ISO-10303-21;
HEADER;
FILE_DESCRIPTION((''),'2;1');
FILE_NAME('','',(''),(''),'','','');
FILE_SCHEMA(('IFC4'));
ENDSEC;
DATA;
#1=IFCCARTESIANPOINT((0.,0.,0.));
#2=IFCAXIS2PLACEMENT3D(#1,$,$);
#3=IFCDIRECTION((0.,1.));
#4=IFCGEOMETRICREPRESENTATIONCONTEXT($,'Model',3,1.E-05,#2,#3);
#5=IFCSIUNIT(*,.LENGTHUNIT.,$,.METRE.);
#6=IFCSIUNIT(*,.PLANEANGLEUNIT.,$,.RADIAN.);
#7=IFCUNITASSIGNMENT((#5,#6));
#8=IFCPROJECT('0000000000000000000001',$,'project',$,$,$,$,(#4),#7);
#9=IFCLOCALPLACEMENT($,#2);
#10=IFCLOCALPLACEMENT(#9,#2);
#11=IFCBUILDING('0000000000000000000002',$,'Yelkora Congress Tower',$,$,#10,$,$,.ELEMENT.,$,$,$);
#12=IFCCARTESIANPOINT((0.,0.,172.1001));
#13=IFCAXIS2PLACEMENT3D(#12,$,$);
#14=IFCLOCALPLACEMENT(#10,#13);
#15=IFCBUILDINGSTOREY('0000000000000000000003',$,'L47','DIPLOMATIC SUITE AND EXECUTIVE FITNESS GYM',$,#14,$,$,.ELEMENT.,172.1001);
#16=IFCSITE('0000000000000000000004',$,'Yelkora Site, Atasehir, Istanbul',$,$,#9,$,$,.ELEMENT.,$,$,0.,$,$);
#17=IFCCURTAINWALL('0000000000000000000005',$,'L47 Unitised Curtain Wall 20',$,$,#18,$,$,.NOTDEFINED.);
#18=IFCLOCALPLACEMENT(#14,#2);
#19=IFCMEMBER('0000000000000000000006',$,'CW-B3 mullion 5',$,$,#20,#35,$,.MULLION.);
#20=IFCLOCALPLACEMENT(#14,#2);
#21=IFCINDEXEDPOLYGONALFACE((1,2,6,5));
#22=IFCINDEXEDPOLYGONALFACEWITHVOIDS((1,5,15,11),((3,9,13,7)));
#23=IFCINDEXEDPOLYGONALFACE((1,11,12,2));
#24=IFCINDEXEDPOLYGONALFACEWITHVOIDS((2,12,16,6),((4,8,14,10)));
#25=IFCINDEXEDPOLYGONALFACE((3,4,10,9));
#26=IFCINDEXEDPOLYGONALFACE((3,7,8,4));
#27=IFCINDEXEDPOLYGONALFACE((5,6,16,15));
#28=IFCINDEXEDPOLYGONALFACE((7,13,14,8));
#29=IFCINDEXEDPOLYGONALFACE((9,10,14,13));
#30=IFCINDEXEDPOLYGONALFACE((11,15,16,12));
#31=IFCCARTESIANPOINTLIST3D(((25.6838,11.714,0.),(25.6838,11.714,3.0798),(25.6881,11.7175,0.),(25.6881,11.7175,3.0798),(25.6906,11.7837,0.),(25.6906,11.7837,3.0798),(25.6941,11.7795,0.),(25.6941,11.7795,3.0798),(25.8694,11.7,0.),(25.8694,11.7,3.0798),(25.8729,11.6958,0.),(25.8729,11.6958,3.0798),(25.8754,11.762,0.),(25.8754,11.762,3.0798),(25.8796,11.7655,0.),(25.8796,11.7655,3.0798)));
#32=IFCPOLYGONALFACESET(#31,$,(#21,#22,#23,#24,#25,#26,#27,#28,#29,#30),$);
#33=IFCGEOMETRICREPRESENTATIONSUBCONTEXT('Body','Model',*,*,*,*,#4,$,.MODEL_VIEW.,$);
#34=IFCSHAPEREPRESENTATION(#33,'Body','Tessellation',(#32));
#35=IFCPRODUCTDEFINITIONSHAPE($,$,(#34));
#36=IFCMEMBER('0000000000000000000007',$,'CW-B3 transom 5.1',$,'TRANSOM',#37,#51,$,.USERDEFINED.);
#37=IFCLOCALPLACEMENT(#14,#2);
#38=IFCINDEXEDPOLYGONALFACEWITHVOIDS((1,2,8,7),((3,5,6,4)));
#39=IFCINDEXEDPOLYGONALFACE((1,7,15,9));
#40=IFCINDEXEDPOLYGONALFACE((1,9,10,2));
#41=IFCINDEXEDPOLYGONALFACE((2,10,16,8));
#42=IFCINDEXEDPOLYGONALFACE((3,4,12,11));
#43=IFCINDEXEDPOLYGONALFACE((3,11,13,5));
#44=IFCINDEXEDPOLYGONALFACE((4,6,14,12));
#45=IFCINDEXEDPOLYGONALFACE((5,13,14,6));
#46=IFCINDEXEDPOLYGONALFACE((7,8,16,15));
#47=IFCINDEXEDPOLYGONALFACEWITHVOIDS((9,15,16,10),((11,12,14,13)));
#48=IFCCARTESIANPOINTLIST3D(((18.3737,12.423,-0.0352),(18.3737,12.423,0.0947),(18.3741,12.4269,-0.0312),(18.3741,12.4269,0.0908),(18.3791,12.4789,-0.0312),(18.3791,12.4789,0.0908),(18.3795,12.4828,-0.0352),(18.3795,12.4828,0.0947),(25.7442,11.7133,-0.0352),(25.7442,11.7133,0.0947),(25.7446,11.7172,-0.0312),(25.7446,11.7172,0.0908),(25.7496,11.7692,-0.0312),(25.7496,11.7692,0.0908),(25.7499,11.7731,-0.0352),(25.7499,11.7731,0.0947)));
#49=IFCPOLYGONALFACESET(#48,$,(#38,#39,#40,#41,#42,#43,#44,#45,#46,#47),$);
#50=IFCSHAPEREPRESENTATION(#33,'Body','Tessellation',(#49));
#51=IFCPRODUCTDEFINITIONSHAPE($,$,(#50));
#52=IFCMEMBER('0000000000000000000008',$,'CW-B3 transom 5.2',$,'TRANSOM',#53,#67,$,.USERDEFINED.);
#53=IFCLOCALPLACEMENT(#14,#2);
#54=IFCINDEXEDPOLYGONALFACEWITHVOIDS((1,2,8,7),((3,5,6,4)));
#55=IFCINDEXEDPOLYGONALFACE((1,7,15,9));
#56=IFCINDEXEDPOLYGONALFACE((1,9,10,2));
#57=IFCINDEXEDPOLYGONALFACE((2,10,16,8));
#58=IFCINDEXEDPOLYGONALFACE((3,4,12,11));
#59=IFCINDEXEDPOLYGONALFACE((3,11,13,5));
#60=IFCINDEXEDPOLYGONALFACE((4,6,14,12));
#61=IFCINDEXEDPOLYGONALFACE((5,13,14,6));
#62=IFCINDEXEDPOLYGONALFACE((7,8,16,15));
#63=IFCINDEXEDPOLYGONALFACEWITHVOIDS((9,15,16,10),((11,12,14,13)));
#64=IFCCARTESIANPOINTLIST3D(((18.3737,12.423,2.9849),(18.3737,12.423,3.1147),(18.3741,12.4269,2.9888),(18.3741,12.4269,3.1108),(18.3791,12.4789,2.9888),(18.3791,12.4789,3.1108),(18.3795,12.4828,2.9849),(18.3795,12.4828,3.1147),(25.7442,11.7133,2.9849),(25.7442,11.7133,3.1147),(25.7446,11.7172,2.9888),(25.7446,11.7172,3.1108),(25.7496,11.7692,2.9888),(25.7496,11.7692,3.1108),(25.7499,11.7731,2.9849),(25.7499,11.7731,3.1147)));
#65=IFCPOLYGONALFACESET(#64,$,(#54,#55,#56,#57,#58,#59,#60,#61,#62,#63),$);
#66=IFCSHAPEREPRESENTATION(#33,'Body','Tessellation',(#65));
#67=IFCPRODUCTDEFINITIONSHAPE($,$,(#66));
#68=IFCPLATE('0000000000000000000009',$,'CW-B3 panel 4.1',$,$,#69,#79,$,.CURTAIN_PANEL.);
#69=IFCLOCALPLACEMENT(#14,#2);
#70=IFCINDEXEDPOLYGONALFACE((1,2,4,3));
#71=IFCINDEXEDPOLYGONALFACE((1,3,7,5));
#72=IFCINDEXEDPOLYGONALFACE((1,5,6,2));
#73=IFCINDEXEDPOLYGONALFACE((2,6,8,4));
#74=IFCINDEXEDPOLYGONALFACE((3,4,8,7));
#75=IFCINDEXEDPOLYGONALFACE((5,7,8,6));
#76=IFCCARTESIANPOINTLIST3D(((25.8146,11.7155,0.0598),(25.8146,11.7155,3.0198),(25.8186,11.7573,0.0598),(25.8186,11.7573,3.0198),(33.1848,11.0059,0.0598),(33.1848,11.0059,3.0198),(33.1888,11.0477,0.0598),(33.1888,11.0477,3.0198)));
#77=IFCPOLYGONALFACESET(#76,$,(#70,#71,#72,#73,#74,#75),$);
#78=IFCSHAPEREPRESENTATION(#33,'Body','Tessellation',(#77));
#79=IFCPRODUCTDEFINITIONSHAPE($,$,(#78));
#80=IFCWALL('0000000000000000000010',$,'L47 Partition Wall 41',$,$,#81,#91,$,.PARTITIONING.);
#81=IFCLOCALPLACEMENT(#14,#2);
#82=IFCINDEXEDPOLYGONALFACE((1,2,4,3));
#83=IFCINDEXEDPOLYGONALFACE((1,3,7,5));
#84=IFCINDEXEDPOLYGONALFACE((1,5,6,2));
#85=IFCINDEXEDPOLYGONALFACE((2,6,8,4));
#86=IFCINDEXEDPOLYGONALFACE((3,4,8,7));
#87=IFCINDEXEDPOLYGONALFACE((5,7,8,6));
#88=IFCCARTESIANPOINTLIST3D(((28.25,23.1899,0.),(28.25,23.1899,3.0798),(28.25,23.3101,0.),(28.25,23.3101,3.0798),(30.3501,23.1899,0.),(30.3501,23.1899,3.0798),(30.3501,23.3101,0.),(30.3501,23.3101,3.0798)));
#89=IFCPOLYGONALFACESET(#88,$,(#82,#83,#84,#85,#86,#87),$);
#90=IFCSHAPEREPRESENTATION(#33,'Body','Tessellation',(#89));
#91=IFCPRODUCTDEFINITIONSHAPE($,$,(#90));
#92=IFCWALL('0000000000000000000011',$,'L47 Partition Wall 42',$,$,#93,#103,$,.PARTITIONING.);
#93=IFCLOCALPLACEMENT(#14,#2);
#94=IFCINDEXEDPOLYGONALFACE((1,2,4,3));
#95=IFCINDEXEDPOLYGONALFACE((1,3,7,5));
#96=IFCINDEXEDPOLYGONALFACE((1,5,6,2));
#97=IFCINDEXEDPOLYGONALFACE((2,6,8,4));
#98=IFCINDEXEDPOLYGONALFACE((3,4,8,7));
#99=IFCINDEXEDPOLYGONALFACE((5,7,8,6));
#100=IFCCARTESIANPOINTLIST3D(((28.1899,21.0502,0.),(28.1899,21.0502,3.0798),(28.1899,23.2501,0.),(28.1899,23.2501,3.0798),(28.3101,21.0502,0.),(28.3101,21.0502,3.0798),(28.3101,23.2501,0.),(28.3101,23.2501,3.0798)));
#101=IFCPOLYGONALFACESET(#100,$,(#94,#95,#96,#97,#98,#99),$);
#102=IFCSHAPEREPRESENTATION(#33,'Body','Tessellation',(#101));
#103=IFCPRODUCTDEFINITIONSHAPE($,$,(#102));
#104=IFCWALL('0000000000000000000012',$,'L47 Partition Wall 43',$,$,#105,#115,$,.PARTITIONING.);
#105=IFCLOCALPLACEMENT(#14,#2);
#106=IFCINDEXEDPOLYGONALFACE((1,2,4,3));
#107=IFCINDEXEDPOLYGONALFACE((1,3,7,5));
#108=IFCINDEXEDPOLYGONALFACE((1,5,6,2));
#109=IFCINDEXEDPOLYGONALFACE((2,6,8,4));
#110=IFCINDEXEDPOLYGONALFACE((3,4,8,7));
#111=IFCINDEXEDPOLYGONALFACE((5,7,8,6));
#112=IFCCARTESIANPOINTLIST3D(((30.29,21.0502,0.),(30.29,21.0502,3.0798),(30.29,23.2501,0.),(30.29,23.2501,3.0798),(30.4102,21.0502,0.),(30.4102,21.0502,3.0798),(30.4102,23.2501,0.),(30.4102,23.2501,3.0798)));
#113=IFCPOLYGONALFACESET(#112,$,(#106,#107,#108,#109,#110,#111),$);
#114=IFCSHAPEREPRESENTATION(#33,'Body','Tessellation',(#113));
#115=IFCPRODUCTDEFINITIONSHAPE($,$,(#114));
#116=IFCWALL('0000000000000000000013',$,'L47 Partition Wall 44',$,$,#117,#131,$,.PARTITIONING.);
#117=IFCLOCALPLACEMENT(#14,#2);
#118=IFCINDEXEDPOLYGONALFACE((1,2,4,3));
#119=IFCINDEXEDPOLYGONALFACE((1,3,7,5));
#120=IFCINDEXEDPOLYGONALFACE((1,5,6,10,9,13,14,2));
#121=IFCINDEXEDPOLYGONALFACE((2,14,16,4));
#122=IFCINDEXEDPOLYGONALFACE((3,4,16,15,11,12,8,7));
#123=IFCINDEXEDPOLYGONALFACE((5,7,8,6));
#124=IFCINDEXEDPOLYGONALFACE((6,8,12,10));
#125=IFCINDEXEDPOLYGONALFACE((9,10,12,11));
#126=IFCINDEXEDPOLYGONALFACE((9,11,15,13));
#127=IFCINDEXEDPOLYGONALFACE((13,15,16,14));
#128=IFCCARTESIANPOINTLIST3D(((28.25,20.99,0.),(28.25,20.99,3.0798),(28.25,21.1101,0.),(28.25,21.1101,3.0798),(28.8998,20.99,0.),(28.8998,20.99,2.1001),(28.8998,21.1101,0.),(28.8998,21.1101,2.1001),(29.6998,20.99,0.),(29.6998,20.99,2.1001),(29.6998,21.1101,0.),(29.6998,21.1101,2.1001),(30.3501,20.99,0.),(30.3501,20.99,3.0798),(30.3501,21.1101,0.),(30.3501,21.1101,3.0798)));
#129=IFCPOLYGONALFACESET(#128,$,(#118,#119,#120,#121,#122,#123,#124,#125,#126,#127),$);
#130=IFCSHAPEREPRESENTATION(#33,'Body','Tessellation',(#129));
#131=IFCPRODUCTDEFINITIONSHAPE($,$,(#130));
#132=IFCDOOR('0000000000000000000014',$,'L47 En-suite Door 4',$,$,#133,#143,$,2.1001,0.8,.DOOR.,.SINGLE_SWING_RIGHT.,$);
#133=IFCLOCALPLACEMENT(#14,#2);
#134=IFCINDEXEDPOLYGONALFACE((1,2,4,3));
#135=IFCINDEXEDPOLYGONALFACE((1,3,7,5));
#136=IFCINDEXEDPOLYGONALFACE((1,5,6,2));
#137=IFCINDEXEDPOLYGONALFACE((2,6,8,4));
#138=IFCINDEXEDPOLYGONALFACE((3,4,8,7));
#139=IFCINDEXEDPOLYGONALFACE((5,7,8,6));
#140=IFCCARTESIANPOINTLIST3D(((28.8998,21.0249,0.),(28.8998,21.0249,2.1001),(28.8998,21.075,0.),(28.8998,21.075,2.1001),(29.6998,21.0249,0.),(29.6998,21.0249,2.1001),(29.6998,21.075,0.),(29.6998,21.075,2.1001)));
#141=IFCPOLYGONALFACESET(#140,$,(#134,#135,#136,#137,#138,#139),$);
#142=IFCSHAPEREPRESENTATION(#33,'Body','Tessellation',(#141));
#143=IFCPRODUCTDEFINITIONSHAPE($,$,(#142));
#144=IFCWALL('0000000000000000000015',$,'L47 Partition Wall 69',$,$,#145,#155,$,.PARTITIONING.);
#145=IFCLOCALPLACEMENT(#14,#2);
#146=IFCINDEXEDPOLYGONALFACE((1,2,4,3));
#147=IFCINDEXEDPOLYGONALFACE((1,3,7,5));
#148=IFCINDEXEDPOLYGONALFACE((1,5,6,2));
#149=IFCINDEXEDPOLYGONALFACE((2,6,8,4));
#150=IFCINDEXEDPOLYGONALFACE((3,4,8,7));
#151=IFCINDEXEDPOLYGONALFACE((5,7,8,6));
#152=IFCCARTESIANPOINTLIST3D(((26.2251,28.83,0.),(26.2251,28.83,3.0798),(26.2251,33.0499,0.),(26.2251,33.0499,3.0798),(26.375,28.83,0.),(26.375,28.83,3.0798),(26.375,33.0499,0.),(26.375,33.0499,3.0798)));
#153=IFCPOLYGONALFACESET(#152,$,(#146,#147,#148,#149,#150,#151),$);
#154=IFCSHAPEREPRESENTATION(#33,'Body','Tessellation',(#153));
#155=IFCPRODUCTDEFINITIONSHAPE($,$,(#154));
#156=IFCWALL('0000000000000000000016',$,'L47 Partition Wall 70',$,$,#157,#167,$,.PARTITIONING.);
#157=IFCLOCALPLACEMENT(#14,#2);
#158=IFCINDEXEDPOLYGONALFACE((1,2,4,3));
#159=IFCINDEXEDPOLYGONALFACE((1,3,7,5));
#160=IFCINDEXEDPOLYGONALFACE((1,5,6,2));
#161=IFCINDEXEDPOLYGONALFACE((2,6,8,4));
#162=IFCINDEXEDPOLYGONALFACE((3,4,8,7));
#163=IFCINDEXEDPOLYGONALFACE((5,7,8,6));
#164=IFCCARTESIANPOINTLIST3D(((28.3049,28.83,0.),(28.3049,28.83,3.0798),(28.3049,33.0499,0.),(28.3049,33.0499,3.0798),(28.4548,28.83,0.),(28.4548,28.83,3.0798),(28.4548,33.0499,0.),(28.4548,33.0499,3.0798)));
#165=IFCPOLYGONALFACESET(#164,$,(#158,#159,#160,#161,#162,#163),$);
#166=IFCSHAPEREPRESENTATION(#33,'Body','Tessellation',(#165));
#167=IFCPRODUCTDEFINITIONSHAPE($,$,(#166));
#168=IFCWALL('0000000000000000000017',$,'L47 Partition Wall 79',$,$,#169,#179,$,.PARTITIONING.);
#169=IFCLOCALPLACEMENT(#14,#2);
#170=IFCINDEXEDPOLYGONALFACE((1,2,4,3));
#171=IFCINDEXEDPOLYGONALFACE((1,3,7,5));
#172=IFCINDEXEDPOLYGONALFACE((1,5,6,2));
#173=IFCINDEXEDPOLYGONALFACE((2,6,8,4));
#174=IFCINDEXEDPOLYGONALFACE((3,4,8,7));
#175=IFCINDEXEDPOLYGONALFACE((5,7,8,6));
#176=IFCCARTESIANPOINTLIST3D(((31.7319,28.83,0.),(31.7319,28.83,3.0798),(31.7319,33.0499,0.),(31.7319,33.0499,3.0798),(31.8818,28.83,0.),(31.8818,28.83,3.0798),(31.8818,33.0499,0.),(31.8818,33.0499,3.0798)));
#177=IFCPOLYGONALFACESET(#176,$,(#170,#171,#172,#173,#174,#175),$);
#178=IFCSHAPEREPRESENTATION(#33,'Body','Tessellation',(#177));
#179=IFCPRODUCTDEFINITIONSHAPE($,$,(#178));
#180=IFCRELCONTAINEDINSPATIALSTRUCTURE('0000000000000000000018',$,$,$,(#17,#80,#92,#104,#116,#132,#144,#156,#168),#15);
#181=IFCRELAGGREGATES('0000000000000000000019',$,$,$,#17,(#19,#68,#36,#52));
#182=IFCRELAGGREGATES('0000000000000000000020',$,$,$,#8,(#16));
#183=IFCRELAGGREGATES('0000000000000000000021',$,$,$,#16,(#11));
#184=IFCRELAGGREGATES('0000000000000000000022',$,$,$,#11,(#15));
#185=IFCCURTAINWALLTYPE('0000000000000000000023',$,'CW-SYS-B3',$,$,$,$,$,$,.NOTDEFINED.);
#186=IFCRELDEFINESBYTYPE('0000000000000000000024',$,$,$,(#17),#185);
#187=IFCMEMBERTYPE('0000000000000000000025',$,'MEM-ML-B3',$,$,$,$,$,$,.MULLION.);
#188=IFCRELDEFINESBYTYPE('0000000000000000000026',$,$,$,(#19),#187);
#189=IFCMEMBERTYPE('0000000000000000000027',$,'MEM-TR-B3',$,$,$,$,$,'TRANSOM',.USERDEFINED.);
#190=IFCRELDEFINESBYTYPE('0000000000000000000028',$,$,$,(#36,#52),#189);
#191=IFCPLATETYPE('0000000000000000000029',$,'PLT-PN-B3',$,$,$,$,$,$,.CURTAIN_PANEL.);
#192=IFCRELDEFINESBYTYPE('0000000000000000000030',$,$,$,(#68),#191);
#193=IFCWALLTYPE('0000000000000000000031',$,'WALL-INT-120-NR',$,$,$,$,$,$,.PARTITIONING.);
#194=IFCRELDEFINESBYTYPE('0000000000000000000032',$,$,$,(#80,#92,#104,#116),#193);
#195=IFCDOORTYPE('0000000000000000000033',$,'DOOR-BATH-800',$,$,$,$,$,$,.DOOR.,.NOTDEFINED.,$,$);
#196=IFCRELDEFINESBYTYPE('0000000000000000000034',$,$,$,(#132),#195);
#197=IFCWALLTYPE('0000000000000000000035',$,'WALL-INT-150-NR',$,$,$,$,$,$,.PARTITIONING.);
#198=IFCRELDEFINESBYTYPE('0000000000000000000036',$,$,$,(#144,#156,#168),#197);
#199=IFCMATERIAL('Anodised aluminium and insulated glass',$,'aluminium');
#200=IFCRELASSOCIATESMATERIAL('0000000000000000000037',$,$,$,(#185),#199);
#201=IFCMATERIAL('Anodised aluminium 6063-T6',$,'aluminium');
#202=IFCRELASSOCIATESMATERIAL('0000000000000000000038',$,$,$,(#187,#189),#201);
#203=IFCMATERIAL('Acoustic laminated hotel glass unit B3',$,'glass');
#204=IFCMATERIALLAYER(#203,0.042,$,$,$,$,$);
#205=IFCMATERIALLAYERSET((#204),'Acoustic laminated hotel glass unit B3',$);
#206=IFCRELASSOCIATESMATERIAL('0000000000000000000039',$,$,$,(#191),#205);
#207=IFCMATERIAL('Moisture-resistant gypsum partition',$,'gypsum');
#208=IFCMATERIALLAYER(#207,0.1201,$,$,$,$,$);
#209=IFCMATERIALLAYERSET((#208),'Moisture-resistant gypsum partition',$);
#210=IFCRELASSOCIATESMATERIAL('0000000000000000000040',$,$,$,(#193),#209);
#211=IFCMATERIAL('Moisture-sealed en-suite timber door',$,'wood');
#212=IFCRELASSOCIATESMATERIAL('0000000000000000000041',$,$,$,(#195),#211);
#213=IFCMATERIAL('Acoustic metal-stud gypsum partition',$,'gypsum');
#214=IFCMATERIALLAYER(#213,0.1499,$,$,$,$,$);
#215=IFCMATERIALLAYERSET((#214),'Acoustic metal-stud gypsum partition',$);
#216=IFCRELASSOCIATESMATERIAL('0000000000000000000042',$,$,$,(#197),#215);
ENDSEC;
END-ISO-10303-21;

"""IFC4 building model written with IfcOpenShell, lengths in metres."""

from ifc_helpers import new_model, si_unit, direction, frame, frame_2d, origin, origin_2d, place, context, subcontext, project, spatial, rectangle, hollow_rectangle, extrude, material, layer, layer_set, material_profile, profile_set, type_object, element, fill, aggregate, save


model = new_model("IFC4")

# Units and contexts
model_context = context("Model", 3, precision=1e-05, world=origin(), true_north=direction((0.0, 1.0)))
body_context = subcontext(model_context, "Body", "Model", "MODEL_VIEW")
ifc_project = project(units=[si_unit("LENGTHUNIT", "METRE"), si_unit("PLANEANGLEUNIT", "RADIAN")], contexts=[model_context])

# Site, building, storey
site_placement = place(None, origin())
site = spatial("IfcSite", under=ifc_project, at=site_placement, Name="Yelkora Site, Atasehir, Istanbul", CompositionType="ELEMENT", RefElevation=0.0)
building_placement = place(site_placement, origin())
building = spatial("IfcBuilding", under=site, at=building_placement, Name="Yelkora Congress Tower", CompositionType="ELEMENT")
storey_placement = place(building_placement, frame((0.0, 0.0, 172.1001)))
storey = spatial("IfcBuildingStorey", under=building, at=storey_placement, Name="L47", Description="DIPLOMATIC SUITE AND EXECUTIVE FITNESS GYM", CompositionType="ELEMENT", Elevation=172.1001)

# Curtain wall, members, plate
ifc_material_1 = material(Name="Anodised aluminium and insulated glass", Category="aluminium")
curtain_wall_type = type_object("IfcCurtainWallType", Name="CW-SYS-B3", PredefinedType="NOTDEFINED", material=ifc_material_1)
curtain_wall_placement = place(storey_placement, origin())
curtain_wall = element("IfcCurtainWall", 1, at=curtain_wall_placement, inside=storey, type_object=curtain_wall_type, Name="L47 Unitised Curtain Wall 20", PredefinedType="NOTDEFINED")
ifc_material_2 = material(Name="Anodised aluminium 6063-T6", Category="aluminium")
ifc_material_profile_1 = material_profile(ifc_material_2, hollow_rectangle(XDim=0.0701, YDim=0.1899, WallThickness=0.0039, at=origin_2d()), Name="ALU 70x190x4")
ifc_profile_set_1 = profile_set([ifc_material_profile_1], Name="Anodised aluminium 6063-T6")
member_type_1 = type_object("IfcMemberType", Name="MEM-ML-B3", PredefinedType="MULLION", material=ifc_profile_set_1)
member_1_placement = place(storey_placement, frame((25.7817, 11.7397, 0.0), z_axis=(0.0, 0.0, 1.0), x_axis=(-0.095845, -0.995396, 0.0)))
member_1 = element("IfcMember", 2, at=member_1_placement, type_object=member_type_1, Name="CW-B3 mullion 5", PredefinedType="MULLION", context=body_context, shape_type="SweptSolid", body=[
    extrude(hollow_rectangle(XDim=0.0701, YDim=0.1899, WallThickness=0.0039, at=origin_2d()), origin(), (0.0, 0.0, 1.0), 3.0798),
])
ifc_material_profile_2 = material_profile(ifc_material_2, hollow_rectangle(XDim=0.0601, YDim=0.1299, WallThickness=0.0039, at=origin_2d()), Name="ALU 60x130x4")
ifc_profile_set_2 = profile_set([ifc_material_profile_2], Name="Anodised aluminium 6063-T6")
member_type_2 = type_object("IfcMemberType", Name="MEM-TR-B3", ElementType="TRANSOM", PredefinedType="USERDEFINED", material=ifc_profile_set_2)
member_2_placement = place(storey_placement, frame((25.7471, 11.7432, 0.0298), z_axis=(-0.995396, 0.09585, 0.0), x_axis=(-0.09585, -0.995396, 0.0)))
member_2 = element("IfcMember", 3, at=member_2_placement, type_object=member_type_2, Name="CW-B3 transom 5.1", ObjectType="TRANSOM", PredefinedType="USERDEFINED", context=body_context, shape_type="SweptSolid", body=[
    extrude(hollow_rectangle(XDim=0.0601, YDim=0.1299, WallThickness=0.0039, at=origin_2d()), origin(), (0.0, 0.0, 1.0), 7.4045),
])
member_3_placement = place(storey_placement, frame((25.7471, 11.7432, 3.0498), z_axis=(-0.995396, 0.09585, 0.0), x_axis=(-0.09585, -0.995396, 0.0)))
member_3 = element("IfcMember", 4, at=member_3_placement, type_object=member_type_2, Name="CW-B3 transom 5.2", ObjectType="TRANSOM", PredefinedType="USERDEFINED", context=body_context, shape_type="SweptSolid", body=[
    extrude(hollow_rectangle(XDim=0.0601, YDim=0.1299, WallThickness=0.0039, at=origin_2d()), origin(), (0.0, 0.0, 1.0), 7.4045),
])
ifc_material_3 = material(Name="Acoustic laminated hotel glass unit B3", Category="glass")
ifc_layer_1 = layer(ifc_material_3, 0.042)
ifc_layer_set_1 = layer_set([ifc_layer_1], Name="Acoustic laminated hotel glass unit B3")
plate_type = type_object("IfcPlateType", Name="PLT-PN-B3", PredefinedType="CURTAIN_PANEL", material=ifc_layer_set_1)
plate_placement = place(storey_placement, frame((29.5017, 11.3816, 0.0598), z_axis=(0.0, 0.0, 1.0), x_axis=(-0.995396, 0.095845, 0.0)))
plate = element("IfcPlate", 5, at=plate_placement, type_object=plate_type, Name="CW-B3 panel 4.1", PredefinedType="CURTAIN_PANEL", context=body_context, shape_type="SweptSolid", body=[
    extrude(rectangle(XDim=7.4043, YDim=0.042, at=origin_2d()), origin(), (0.0, 0.0, 1.0), 2.96),
])
aggregate(curtain_wall, [member_1, plate, member_2, member_3])

# Walls
ifc_material_4 = material(Name="Moisture-resistant gypsum partition", Category="gypsum")
ifc_layer_2 = layer(ifc_material_4, 0.1201)
ifc_layer_set_2 = layer_set([ifc_layer_2], Name="Moisture-resistant gypsum partition")
wall_type_1 = type_object("IfcWallType", Name="WALL-INT-120-NR", PredefinedType="PARTITIONING", material=ifc_layer_set_2)
wall_1_placement = place(storey_placement, frame((28.25, 23.25, 0.0), z_axis=(0.0, 0.0, 1.0), x_axis=(1.0, 0.0, 0.0)))
element("IfcWall", 6, at=wall_1_placement, inside=storey, type_object=wall_type_1, Name="L47 Partition Wall 41", PredefinedType="PARTITIONING", context=body_context, shape_type="SweptSolid", body=[
    extrude(rectangle(XDim=2.1001, YDim=0.1201, at=frame_2d((1.05, 0.0))), origin(), (0.0, 0.0, 1.0), 3.0798),
])
for number, where, z_axis, x_axis, name in (
    (7, (28.25, 21.05, 0.0), (0.0, 0.0, 1.0), (0.0, 1.0, 0.0), "L47 Partition Wall 42"),
    (8, (30.3501, 21.05, 0.0), (0.0, 0.0, 1.0), (0.0, 1.0, 0.0), "L47 Partition Wall 43"),
):
    element("IfcWall", number, at=place(storey_placement, frame(where, z_axis=z_axis, x_axis=x_axis)), inside=storey, type_object=wall_type_1, Name=name, PredefinedType="PARTITIONING", context=body_context, shape_type="SweptSolid", body=[
        extrude(rectangle(XDim=2.2, YDim=0.1201, at=frame_2d((1.1001, 0.0))), origin(), (0.0, 0.0, 1.0), 3.0798),
    ])

# Wall, opening, door
wall_2_placement = place(storey_placement, frame((28.25, 21.05, 0.0), z_axis=(0.0, 0.0, 1.0), x_axis=(1.0, 0.0, 0.0)))
wall_2 = element("IfcWall", 9, at=wall_2_placement, inside=storey, type_object=wall_type_1, Name="L47 Partition Wall 44", PredefinedType="PARTITIONING", context=body_context, shape_type="SweptSolid", body=[
    extrude(rectangle(XDim=2.1001, YDim=0.1201, at=frame_2d((1.05, 0.0))), origin(), (0.0, 0.0, 1.0), 3.0798),
])
opening_1_placement = place(wall_2_placement, frame((0.6499, 0.0, 0.0)))
opening_1 = element("IfcOpeningElement", 10, at=opening_1_placement, cuts=wall_2, PredefinedType="OPENING", context=body_context, shape_type="SweptSolid", body=[
    extrude(rectangle(XDim=0.8, YDim=2.1001, at=frame_2d((0.3999, 1.05))), frame((0.0, 0.0701, 0.0), z_axis=(0.0, -1.0, 0.0), x_axis=(1.0, 0.0, 0.0)), (0.0, 0.0, 1.0), 0.1401),
])
ifc_material_5 = material(Name="Moisture-sealed en-suite timber door", Category="wood")
door_type_1 = type_object("IfcDoorType", Name="DOOR-BATH-800", OperationType="NOTDEFINED", PredefinedType="DOOR", material=ifc_material_5)
door_1_placement = place(opening_1_placement, origin())
door_1 = element("IfcDoor", 11, at=door_1_placement, inside=storey, type_object=door_type_1, Name="L47 En-suite Door 4", OperationType="SINGLE_SWING_RIGHT", OverallHeight=2.1001, OverallWidth=0.8, PredefinedType="DOOR", context=body_context, shape_type="SweptSolid", body=[
    extrude(rectangle(XDim=0.8, YDim=2.1001, at=frame_2d((0.3999, 1.05))), frame((0.0, 0.0249, 0.0), z_axis=(0.0, -1.0, 0.0), x_axis=(1.0, 0.0, 0.0)), (0.0, 0.0, 1.0), 0.05),
])
fill(opening_1, door_1)

# Walls
ifc_material_6 = material(Name="Acoustic metal-stud gypsum partition", Category="gypsum")
ifc_layer_3 = layer(ifc_material_6, 0.1499)
ifc_layer_set_3 = layer_set([ifc_layer_3], Name="Acoustic metal-stud gypsum partition")
wall_type_2 = type_object("IfcWallType", Name="WALL-INT-150-NR", PredefinedType="PARTITIONING", material=ifc_layer_set_3)
for number, where, z_axis, x_axis, name in (
    (12, (26.3, 28.8301, 0.0), (0.0, 0.0, 1.0), (0.0, 1.0, 0.0), "L47 Partition Wall 69"),
    (13, (28.3799, 28.8301, 0.0), (0.0, 0.0, 1.0), (0.0, 1.0, 0.0), "L47 Partition Wall 70"),
    (14, (31.8069, 28.8301, 0.0), (0.0, 0.0, 1.0), (0.0, 1.0, 0.0), "L47 Partition Wall 79"),
):
    element("IfcWall", number, at=place(storey_placement, frame(where, z_axis=z_axis, x_axis=x_axis)), inside=storey, type_object=wall_type_2, Name=name, PredefinedType="PARTITIONING", context=body_context, shape_type="SweptSolid", body=[
        extrude(rectangle(XDim=4.22, YDim=0.1499, at=frame_2d((2.1099, 0.0))), origin(), (0.0, 0.0, 1.0), 3.0798),
    ])

save(model, "model.ifc")
